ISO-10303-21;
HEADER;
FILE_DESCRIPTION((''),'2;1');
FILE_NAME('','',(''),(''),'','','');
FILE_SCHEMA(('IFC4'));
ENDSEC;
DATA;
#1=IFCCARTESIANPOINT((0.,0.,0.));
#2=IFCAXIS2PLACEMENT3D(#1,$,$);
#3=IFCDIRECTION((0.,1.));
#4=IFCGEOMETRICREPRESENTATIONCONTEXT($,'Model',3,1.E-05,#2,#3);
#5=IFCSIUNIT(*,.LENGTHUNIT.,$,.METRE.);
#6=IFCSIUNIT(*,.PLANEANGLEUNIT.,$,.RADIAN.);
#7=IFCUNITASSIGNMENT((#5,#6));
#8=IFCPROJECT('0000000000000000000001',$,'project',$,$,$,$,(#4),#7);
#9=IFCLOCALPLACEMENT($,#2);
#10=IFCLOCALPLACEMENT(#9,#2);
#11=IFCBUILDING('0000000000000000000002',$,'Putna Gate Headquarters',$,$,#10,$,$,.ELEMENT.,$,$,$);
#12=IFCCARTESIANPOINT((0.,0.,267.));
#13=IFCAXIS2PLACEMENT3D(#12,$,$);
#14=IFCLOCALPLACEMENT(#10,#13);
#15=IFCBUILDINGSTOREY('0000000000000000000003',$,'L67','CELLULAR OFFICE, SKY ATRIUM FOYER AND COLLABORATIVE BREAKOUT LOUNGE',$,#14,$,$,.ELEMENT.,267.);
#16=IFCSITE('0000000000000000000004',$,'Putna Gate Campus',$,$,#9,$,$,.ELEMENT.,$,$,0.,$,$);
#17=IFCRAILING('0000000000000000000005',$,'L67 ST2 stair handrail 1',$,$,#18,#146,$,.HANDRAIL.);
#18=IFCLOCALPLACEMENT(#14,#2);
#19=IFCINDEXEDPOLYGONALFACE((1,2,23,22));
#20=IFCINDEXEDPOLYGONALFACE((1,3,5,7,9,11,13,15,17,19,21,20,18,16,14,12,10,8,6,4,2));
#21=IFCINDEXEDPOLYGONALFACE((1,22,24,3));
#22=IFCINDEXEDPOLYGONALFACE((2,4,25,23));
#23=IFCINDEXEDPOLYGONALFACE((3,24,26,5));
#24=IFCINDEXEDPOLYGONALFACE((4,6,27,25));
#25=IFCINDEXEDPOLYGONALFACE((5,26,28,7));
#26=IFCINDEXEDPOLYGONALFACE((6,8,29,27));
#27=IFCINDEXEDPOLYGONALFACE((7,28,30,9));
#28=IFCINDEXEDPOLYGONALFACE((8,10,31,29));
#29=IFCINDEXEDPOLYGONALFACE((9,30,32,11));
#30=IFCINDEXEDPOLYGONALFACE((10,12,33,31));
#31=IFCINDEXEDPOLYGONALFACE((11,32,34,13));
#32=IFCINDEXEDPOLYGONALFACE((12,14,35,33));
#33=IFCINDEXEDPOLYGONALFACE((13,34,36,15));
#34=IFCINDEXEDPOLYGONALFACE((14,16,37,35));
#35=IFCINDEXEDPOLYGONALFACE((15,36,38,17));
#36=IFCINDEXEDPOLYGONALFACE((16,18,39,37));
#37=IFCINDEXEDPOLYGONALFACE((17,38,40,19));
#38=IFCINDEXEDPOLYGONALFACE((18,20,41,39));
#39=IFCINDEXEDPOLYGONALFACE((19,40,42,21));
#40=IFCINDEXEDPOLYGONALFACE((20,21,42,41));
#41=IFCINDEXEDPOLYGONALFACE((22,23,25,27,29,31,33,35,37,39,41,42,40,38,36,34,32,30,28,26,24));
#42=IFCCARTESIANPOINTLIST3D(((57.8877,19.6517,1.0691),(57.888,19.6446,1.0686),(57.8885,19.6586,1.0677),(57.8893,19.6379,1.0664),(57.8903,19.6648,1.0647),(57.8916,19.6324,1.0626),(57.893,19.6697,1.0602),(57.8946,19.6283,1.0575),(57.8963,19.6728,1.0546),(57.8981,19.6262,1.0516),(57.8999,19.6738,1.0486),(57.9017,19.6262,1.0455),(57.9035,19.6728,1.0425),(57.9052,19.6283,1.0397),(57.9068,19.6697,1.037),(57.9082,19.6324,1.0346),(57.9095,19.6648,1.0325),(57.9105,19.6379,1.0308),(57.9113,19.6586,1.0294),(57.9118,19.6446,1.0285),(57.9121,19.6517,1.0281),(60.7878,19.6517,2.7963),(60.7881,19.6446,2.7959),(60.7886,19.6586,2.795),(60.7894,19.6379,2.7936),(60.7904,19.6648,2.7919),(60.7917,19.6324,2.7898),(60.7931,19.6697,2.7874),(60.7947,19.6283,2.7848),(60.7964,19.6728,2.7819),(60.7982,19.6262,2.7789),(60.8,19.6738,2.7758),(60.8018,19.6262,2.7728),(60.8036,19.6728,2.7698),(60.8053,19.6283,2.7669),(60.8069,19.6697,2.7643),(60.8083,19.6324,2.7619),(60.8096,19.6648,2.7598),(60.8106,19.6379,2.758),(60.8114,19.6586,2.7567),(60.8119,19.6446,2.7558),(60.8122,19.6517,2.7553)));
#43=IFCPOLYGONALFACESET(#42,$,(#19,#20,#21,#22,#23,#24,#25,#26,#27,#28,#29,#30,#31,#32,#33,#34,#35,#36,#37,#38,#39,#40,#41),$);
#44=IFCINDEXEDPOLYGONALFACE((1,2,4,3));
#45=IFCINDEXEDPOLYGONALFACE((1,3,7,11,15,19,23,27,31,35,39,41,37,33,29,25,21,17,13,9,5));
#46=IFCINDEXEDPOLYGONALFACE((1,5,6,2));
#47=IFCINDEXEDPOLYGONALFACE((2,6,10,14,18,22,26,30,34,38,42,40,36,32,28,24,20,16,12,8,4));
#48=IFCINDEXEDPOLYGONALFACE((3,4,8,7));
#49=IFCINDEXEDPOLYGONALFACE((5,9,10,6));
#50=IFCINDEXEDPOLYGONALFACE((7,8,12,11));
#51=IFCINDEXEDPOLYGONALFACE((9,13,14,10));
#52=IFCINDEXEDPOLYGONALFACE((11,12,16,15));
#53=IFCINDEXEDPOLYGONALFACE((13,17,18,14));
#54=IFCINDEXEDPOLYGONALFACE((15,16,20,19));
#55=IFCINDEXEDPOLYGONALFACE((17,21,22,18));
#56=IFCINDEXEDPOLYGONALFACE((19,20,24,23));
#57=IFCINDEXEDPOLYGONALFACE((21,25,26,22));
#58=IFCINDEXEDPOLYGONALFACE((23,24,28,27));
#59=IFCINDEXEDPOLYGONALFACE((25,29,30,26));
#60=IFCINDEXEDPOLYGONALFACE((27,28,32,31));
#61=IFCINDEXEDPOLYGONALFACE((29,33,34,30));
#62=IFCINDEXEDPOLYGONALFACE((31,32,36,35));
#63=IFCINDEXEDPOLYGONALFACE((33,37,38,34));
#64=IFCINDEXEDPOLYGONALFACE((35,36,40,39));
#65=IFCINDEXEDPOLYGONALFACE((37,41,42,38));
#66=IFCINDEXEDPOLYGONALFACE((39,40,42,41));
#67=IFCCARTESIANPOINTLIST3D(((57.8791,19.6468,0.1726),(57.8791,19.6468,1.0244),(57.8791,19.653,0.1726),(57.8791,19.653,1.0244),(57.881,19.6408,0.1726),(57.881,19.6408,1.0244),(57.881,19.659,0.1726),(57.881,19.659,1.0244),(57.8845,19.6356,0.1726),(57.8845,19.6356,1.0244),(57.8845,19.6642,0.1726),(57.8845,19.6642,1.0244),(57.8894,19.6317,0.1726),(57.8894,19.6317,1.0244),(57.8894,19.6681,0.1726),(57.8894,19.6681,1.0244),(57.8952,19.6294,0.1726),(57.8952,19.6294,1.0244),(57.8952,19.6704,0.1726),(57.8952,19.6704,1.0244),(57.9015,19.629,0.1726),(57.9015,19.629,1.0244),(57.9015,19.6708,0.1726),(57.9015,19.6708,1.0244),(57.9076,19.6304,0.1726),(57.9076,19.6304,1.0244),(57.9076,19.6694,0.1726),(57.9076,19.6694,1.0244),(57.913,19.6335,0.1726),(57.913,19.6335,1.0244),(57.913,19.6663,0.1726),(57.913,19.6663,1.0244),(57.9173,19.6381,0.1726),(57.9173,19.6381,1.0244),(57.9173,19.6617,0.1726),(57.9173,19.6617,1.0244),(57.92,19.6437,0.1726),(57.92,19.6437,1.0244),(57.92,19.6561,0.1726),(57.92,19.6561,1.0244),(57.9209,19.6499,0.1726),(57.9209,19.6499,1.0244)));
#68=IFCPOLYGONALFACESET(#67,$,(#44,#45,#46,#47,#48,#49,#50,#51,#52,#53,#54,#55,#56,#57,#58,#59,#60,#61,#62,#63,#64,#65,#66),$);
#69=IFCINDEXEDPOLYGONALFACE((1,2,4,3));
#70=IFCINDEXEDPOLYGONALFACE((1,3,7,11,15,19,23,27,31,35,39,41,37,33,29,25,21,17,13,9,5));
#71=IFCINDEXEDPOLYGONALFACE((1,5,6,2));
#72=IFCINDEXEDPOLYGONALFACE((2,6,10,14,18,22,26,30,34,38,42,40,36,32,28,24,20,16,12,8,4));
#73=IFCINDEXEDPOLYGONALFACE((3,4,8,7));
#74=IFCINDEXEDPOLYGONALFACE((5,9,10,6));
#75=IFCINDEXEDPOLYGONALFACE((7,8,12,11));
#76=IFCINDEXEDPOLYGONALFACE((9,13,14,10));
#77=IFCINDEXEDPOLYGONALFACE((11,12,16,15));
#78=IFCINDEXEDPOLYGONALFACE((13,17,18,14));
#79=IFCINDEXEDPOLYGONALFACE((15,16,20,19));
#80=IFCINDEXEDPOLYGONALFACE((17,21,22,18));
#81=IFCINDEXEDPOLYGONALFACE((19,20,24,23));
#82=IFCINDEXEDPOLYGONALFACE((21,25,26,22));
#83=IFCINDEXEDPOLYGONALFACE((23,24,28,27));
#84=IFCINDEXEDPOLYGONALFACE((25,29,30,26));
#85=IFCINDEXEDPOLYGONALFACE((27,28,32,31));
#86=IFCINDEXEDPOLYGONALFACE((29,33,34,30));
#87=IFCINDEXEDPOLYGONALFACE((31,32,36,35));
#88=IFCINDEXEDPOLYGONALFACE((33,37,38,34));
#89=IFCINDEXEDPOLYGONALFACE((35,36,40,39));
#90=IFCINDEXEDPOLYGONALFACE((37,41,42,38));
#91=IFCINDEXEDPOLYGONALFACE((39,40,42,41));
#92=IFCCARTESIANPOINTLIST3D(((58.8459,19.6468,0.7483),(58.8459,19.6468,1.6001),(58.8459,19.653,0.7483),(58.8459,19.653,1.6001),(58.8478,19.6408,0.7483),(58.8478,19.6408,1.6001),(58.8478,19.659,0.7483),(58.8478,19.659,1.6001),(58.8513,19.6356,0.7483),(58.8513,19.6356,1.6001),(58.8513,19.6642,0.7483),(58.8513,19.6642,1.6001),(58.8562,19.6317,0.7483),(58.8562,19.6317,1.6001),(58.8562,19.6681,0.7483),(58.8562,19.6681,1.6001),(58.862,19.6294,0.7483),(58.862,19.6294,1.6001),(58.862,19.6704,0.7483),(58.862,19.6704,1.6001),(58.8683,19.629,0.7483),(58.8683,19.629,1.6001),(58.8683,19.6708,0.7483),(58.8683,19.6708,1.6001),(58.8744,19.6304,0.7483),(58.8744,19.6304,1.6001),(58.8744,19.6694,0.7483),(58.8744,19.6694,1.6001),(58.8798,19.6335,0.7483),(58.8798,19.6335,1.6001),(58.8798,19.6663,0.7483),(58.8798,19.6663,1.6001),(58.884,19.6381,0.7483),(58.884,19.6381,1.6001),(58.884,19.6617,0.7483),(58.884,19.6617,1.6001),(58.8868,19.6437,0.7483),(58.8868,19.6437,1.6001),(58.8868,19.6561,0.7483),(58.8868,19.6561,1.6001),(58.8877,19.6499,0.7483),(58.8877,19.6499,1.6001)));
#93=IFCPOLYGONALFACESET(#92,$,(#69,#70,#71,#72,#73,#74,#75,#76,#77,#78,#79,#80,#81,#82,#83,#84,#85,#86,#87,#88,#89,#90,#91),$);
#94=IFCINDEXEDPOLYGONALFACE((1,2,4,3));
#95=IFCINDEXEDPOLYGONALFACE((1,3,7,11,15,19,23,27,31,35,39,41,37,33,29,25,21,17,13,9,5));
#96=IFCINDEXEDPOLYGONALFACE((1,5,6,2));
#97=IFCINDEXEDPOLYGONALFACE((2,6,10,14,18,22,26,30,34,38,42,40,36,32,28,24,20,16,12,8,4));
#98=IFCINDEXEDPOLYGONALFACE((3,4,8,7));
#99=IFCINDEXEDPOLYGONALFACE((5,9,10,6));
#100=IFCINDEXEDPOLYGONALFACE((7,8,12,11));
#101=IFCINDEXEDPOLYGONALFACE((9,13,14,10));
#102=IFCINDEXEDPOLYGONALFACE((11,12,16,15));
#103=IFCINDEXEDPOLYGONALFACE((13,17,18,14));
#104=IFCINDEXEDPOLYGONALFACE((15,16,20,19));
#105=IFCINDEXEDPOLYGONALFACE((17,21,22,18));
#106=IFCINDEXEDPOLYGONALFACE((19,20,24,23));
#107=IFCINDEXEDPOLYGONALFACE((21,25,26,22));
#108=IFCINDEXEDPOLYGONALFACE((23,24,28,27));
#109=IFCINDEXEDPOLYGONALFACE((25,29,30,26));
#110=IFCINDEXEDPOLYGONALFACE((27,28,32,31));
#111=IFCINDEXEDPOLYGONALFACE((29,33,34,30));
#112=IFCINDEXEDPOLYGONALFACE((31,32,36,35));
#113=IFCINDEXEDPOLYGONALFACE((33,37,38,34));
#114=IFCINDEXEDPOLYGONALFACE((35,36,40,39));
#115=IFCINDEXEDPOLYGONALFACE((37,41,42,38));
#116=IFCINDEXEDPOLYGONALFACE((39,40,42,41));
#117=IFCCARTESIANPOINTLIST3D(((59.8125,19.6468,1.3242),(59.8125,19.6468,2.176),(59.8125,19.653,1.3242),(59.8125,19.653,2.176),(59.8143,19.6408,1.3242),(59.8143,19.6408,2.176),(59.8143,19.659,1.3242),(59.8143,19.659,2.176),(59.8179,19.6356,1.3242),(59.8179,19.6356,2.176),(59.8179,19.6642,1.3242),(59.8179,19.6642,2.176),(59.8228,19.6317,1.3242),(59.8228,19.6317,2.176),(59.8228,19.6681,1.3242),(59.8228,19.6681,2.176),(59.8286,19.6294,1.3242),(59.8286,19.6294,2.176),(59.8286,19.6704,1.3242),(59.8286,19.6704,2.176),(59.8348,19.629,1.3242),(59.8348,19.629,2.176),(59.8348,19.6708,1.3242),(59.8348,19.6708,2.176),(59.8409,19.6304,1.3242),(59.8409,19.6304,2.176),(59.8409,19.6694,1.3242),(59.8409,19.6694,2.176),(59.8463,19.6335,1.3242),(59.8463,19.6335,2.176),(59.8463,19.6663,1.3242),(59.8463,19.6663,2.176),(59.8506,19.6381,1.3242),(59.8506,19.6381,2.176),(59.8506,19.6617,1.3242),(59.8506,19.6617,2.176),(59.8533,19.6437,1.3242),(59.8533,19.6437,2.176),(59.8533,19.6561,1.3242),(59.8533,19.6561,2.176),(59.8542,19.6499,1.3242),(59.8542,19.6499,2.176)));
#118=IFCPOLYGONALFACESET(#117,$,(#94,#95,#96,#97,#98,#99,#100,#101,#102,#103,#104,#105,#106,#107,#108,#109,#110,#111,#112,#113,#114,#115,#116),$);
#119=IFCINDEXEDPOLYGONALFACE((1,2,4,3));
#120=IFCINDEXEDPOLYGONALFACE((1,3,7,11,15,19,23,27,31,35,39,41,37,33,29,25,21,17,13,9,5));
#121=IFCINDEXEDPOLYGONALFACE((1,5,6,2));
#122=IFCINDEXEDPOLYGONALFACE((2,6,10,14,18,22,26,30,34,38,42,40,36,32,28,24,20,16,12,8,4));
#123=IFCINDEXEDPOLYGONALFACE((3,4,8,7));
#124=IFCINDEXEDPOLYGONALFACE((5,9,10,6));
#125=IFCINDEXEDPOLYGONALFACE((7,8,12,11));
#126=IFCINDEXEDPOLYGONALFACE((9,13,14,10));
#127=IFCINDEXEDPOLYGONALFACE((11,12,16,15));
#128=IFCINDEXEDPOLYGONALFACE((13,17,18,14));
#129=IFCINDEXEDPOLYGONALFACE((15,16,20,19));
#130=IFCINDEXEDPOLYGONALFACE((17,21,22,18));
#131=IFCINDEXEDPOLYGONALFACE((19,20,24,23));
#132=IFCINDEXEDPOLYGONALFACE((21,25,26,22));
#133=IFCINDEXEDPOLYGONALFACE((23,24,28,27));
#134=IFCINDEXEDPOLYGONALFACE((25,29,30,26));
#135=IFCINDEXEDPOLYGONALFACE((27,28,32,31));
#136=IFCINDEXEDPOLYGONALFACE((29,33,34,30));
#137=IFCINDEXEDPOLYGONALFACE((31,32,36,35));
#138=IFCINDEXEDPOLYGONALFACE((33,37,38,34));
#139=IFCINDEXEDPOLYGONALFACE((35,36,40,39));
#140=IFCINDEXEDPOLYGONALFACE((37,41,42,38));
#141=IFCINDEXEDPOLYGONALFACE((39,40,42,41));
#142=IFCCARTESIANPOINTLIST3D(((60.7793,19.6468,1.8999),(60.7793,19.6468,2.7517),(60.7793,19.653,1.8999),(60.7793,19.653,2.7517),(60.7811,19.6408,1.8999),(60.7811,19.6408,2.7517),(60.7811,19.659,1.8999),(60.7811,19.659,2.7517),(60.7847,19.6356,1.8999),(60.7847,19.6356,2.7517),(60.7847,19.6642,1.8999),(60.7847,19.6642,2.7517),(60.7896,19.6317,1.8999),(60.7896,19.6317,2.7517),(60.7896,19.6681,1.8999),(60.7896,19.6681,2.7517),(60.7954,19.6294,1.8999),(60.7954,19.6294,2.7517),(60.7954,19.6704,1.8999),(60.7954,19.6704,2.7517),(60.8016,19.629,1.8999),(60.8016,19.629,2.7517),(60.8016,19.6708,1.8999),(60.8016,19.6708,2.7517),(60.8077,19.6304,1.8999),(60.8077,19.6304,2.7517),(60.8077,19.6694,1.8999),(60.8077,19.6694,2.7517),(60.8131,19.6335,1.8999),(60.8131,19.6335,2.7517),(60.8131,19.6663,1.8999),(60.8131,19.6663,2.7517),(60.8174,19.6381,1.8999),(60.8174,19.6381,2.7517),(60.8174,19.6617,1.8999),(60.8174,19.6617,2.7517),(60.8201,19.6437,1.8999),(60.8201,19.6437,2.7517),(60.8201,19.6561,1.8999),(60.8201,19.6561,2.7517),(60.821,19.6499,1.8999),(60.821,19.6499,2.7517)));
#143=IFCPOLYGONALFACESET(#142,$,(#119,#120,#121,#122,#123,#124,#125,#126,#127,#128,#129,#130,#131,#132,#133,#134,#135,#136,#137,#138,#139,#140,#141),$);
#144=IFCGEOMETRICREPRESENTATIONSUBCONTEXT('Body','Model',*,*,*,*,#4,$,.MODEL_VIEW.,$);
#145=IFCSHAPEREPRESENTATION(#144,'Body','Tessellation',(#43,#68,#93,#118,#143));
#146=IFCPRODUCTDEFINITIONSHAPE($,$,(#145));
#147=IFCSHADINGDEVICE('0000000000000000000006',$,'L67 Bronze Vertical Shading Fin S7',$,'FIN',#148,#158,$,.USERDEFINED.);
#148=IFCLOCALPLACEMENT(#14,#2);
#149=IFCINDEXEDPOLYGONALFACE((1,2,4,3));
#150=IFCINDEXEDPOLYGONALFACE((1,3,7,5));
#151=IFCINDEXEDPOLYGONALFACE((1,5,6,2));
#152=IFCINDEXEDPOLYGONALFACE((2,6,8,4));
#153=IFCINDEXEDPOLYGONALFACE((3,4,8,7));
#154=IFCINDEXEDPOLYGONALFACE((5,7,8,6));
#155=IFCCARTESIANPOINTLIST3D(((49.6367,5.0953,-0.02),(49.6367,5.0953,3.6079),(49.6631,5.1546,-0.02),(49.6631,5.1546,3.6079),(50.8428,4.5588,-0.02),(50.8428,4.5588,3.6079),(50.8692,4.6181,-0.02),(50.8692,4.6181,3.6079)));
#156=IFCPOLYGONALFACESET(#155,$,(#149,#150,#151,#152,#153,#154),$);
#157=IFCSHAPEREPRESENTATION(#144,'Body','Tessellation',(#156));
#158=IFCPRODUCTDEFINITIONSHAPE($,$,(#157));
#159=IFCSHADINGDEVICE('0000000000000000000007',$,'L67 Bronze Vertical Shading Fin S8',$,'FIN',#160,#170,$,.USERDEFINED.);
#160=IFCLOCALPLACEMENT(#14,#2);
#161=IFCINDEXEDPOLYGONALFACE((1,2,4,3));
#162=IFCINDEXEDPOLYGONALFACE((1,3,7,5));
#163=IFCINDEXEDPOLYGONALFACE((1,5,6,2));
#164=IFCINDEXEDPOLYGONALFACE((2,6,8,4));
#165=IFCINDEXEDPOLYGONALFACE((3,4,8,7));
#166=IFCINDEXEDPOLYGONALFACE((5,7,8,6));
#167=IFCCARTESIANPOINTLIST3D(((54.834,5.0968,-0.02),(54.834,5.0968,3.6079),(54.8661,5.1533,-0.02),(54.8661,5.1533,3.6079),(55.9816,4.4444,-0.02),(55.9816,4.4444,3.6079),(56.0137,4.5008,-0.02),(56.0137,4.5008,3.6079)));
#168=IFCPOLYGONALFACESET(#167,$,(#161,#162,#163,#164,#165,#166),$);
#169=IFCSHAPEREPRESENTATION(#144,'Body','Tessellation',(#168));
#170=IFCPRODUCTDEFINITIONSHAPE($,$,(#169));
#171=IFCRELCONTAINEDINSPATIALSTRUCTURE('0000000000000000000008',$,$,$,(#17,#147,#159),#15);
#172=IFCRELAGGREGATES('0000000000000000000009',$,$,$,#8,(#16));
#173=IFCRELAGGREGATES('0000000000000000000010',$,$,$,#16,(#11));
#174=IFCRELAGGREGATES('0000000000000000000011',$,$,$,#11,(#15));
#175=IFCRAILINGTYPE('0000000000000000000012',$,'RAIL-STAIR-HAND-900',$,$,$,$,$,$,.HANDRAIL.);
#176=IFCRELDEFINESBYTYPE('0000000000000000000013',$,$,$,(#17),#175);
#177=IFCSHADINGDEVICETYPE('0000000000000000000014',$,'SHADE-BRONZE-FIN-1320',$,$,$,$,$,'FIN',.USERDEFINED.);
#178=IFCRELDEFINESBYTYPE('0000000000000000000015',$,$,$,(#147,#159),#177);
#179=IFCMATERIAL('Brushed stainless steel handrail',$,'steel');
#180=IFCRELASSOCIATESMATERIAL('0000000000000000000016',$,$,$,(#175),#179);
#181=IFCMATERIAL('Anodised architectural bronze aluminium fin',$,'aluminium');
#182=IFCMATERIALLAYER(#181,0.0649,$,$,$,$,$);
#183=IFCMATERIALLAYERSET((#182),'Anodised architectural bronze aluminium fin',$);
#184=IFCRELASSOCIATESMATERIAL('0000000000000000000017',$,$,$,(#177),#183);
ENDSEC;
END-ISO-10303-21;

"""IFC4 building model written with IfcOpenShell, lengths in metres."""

from ifc_helpers import new_model, si_unit, direction, frame, origin, origin_2d, place, context, subcontext, project, spatial, rectangle, circle, extrude, material, layer, layer_set, type_object, element, save


model = new_model("IFC4")

# Units and contexts
model_context = context("Model", 3, precision=1e-05, world=origin(), true_north=direction((0.0, 1.0)))
body_context = subcontext(model_context, "Body", "Model", "MODEL_VIEW")
ifc_project = project(units=[si_unit("LENGTHUNIT", "METRE"), si_unit("PLANEANGLEUNIT", "RADIAN")], contexts=[model_context])

# Site, building, storey
site_placement = place(None, origin())
site = spatial("IfcSite", under=ifc_project, at=site_placement, Name="Putna Gate Campus", CompositionType="ELEMENT", RefElevation=0.0)
building_placement = place(site_placement, origin())
building = spatial("IfcBuilding", under=site, at=building_placement, Name="Putna Gate Headquarters", CompositionType="ELEMENT")
storey_placement = place(building_placement, frame((0.0, 0.0, 267.0)))
storey = spatial("IfcBuildingStorey", under=building, at=storey_placement, Name="L67", Description="CELLULAR OFFICE, SKY ATRIUM FOYER AND COLLABORATIVE BREAKOUT LOUNGE", CompositionType="ELEMENT", Elevation=267.0)

# Railing
ifc_material_1 = material(Name="Brushed stainless steel handrail", Category="steel")
railing_type_1 = type_object("IfcRailingType", Name="RAIL-STAIR-HAND-900", PredefinedType="HANDRAIL", material=ifc_material_1)
railing_1_placement = place(storey_placement, frame((57.8999, 19.6499, 0.1726)))
element("IfcRailing", 1, at=railing_1_placement, inside=storey, type_object=railing_type_1, Name="L67 ST2 stair handrail 1", PredefinedType="HANDRAIL", context=body_context, shape_type="SweptSolid", body=[
    extrude(circle(Radius=0.0239, at=origin_2d()), frame((0.0, 0.0, 0.876), z_axis=(0.85916, 0.0, 0.511706), x_axis=(0.0, 1.0, 0.0)), (0.0, 0.0, 1.0), 3.3755),
    extrude(circle(Radius=0.021, at=origin_2d()), origin(), (0.0, 0.0, 1.0), 0.8518),
    extrude(circle(Radius=0.021, at=origin_2d()), frame((0.9668, 0.0, 0.5757)), (0.0, 0.0, 1.0), 0.8518),
    extrude(circle(Radius=0.021, at=origin_2d()), frame((1.9333, 0.0, 1.1516)), (0.0, 0.0, 1.0), 0.8518),
    extrude(circle(Radius=0.021, at=origin_2d()), frame((2.9001, 0.0, 1.7273)), (0.0, 0.0, 1.0), 0.8518),
])

# Shading devices
ifc_material_2 = material(Name="Anodised architectural bronze aluminium fin", Category="aluminium")
ifc_layer_1 = layer(ifc_material_2, 0.0649)
ifc_layer_set_1 = layer_set([ifc_layer_1], Name="Anodised architectural bronze aluminium fin")
shading_device_type = type_object("IfcShadingDeviceType", Name="SHADE-BRONZE-FIN-1320", ElementType="FIN", PredefinedType="USERDEFINED", material=ifc_layer_set_1)
for number, where, z_axis, x_axis, name in (
    (2, (50.2529, 4.8567, -0.02), (0.0, 0.0, 1.0), (0.913687, -0.406418, 0.0), "L67 Bronze Vertical Shading Fin S7"),
    (3, (55.4238, 4.7988, -0.02), (0.0, 0.0, 1.0), (0.869322, -0.494245, 0.0), "L67 Bronze Vertical Shading Fin S8"),
):
    element("IfcShadingDevice", number, at=place(storey_placement, frame(where, z_axis=z_axis, x_axis=x_axis)), inside=storey, type_object=shading_device_type, Name=name, ObjectType="FIN", PredefinedType="USERDEFINED", context=body_context, shape_type="SweptSolid", body=[
        extrude(rectangle(XDim=1.3201, YDim=0.0649, at=origin_2d()), origin(), (0.0, 0.0, 1.0), 3.6279),
    ])

save(model, "model.ifc")
